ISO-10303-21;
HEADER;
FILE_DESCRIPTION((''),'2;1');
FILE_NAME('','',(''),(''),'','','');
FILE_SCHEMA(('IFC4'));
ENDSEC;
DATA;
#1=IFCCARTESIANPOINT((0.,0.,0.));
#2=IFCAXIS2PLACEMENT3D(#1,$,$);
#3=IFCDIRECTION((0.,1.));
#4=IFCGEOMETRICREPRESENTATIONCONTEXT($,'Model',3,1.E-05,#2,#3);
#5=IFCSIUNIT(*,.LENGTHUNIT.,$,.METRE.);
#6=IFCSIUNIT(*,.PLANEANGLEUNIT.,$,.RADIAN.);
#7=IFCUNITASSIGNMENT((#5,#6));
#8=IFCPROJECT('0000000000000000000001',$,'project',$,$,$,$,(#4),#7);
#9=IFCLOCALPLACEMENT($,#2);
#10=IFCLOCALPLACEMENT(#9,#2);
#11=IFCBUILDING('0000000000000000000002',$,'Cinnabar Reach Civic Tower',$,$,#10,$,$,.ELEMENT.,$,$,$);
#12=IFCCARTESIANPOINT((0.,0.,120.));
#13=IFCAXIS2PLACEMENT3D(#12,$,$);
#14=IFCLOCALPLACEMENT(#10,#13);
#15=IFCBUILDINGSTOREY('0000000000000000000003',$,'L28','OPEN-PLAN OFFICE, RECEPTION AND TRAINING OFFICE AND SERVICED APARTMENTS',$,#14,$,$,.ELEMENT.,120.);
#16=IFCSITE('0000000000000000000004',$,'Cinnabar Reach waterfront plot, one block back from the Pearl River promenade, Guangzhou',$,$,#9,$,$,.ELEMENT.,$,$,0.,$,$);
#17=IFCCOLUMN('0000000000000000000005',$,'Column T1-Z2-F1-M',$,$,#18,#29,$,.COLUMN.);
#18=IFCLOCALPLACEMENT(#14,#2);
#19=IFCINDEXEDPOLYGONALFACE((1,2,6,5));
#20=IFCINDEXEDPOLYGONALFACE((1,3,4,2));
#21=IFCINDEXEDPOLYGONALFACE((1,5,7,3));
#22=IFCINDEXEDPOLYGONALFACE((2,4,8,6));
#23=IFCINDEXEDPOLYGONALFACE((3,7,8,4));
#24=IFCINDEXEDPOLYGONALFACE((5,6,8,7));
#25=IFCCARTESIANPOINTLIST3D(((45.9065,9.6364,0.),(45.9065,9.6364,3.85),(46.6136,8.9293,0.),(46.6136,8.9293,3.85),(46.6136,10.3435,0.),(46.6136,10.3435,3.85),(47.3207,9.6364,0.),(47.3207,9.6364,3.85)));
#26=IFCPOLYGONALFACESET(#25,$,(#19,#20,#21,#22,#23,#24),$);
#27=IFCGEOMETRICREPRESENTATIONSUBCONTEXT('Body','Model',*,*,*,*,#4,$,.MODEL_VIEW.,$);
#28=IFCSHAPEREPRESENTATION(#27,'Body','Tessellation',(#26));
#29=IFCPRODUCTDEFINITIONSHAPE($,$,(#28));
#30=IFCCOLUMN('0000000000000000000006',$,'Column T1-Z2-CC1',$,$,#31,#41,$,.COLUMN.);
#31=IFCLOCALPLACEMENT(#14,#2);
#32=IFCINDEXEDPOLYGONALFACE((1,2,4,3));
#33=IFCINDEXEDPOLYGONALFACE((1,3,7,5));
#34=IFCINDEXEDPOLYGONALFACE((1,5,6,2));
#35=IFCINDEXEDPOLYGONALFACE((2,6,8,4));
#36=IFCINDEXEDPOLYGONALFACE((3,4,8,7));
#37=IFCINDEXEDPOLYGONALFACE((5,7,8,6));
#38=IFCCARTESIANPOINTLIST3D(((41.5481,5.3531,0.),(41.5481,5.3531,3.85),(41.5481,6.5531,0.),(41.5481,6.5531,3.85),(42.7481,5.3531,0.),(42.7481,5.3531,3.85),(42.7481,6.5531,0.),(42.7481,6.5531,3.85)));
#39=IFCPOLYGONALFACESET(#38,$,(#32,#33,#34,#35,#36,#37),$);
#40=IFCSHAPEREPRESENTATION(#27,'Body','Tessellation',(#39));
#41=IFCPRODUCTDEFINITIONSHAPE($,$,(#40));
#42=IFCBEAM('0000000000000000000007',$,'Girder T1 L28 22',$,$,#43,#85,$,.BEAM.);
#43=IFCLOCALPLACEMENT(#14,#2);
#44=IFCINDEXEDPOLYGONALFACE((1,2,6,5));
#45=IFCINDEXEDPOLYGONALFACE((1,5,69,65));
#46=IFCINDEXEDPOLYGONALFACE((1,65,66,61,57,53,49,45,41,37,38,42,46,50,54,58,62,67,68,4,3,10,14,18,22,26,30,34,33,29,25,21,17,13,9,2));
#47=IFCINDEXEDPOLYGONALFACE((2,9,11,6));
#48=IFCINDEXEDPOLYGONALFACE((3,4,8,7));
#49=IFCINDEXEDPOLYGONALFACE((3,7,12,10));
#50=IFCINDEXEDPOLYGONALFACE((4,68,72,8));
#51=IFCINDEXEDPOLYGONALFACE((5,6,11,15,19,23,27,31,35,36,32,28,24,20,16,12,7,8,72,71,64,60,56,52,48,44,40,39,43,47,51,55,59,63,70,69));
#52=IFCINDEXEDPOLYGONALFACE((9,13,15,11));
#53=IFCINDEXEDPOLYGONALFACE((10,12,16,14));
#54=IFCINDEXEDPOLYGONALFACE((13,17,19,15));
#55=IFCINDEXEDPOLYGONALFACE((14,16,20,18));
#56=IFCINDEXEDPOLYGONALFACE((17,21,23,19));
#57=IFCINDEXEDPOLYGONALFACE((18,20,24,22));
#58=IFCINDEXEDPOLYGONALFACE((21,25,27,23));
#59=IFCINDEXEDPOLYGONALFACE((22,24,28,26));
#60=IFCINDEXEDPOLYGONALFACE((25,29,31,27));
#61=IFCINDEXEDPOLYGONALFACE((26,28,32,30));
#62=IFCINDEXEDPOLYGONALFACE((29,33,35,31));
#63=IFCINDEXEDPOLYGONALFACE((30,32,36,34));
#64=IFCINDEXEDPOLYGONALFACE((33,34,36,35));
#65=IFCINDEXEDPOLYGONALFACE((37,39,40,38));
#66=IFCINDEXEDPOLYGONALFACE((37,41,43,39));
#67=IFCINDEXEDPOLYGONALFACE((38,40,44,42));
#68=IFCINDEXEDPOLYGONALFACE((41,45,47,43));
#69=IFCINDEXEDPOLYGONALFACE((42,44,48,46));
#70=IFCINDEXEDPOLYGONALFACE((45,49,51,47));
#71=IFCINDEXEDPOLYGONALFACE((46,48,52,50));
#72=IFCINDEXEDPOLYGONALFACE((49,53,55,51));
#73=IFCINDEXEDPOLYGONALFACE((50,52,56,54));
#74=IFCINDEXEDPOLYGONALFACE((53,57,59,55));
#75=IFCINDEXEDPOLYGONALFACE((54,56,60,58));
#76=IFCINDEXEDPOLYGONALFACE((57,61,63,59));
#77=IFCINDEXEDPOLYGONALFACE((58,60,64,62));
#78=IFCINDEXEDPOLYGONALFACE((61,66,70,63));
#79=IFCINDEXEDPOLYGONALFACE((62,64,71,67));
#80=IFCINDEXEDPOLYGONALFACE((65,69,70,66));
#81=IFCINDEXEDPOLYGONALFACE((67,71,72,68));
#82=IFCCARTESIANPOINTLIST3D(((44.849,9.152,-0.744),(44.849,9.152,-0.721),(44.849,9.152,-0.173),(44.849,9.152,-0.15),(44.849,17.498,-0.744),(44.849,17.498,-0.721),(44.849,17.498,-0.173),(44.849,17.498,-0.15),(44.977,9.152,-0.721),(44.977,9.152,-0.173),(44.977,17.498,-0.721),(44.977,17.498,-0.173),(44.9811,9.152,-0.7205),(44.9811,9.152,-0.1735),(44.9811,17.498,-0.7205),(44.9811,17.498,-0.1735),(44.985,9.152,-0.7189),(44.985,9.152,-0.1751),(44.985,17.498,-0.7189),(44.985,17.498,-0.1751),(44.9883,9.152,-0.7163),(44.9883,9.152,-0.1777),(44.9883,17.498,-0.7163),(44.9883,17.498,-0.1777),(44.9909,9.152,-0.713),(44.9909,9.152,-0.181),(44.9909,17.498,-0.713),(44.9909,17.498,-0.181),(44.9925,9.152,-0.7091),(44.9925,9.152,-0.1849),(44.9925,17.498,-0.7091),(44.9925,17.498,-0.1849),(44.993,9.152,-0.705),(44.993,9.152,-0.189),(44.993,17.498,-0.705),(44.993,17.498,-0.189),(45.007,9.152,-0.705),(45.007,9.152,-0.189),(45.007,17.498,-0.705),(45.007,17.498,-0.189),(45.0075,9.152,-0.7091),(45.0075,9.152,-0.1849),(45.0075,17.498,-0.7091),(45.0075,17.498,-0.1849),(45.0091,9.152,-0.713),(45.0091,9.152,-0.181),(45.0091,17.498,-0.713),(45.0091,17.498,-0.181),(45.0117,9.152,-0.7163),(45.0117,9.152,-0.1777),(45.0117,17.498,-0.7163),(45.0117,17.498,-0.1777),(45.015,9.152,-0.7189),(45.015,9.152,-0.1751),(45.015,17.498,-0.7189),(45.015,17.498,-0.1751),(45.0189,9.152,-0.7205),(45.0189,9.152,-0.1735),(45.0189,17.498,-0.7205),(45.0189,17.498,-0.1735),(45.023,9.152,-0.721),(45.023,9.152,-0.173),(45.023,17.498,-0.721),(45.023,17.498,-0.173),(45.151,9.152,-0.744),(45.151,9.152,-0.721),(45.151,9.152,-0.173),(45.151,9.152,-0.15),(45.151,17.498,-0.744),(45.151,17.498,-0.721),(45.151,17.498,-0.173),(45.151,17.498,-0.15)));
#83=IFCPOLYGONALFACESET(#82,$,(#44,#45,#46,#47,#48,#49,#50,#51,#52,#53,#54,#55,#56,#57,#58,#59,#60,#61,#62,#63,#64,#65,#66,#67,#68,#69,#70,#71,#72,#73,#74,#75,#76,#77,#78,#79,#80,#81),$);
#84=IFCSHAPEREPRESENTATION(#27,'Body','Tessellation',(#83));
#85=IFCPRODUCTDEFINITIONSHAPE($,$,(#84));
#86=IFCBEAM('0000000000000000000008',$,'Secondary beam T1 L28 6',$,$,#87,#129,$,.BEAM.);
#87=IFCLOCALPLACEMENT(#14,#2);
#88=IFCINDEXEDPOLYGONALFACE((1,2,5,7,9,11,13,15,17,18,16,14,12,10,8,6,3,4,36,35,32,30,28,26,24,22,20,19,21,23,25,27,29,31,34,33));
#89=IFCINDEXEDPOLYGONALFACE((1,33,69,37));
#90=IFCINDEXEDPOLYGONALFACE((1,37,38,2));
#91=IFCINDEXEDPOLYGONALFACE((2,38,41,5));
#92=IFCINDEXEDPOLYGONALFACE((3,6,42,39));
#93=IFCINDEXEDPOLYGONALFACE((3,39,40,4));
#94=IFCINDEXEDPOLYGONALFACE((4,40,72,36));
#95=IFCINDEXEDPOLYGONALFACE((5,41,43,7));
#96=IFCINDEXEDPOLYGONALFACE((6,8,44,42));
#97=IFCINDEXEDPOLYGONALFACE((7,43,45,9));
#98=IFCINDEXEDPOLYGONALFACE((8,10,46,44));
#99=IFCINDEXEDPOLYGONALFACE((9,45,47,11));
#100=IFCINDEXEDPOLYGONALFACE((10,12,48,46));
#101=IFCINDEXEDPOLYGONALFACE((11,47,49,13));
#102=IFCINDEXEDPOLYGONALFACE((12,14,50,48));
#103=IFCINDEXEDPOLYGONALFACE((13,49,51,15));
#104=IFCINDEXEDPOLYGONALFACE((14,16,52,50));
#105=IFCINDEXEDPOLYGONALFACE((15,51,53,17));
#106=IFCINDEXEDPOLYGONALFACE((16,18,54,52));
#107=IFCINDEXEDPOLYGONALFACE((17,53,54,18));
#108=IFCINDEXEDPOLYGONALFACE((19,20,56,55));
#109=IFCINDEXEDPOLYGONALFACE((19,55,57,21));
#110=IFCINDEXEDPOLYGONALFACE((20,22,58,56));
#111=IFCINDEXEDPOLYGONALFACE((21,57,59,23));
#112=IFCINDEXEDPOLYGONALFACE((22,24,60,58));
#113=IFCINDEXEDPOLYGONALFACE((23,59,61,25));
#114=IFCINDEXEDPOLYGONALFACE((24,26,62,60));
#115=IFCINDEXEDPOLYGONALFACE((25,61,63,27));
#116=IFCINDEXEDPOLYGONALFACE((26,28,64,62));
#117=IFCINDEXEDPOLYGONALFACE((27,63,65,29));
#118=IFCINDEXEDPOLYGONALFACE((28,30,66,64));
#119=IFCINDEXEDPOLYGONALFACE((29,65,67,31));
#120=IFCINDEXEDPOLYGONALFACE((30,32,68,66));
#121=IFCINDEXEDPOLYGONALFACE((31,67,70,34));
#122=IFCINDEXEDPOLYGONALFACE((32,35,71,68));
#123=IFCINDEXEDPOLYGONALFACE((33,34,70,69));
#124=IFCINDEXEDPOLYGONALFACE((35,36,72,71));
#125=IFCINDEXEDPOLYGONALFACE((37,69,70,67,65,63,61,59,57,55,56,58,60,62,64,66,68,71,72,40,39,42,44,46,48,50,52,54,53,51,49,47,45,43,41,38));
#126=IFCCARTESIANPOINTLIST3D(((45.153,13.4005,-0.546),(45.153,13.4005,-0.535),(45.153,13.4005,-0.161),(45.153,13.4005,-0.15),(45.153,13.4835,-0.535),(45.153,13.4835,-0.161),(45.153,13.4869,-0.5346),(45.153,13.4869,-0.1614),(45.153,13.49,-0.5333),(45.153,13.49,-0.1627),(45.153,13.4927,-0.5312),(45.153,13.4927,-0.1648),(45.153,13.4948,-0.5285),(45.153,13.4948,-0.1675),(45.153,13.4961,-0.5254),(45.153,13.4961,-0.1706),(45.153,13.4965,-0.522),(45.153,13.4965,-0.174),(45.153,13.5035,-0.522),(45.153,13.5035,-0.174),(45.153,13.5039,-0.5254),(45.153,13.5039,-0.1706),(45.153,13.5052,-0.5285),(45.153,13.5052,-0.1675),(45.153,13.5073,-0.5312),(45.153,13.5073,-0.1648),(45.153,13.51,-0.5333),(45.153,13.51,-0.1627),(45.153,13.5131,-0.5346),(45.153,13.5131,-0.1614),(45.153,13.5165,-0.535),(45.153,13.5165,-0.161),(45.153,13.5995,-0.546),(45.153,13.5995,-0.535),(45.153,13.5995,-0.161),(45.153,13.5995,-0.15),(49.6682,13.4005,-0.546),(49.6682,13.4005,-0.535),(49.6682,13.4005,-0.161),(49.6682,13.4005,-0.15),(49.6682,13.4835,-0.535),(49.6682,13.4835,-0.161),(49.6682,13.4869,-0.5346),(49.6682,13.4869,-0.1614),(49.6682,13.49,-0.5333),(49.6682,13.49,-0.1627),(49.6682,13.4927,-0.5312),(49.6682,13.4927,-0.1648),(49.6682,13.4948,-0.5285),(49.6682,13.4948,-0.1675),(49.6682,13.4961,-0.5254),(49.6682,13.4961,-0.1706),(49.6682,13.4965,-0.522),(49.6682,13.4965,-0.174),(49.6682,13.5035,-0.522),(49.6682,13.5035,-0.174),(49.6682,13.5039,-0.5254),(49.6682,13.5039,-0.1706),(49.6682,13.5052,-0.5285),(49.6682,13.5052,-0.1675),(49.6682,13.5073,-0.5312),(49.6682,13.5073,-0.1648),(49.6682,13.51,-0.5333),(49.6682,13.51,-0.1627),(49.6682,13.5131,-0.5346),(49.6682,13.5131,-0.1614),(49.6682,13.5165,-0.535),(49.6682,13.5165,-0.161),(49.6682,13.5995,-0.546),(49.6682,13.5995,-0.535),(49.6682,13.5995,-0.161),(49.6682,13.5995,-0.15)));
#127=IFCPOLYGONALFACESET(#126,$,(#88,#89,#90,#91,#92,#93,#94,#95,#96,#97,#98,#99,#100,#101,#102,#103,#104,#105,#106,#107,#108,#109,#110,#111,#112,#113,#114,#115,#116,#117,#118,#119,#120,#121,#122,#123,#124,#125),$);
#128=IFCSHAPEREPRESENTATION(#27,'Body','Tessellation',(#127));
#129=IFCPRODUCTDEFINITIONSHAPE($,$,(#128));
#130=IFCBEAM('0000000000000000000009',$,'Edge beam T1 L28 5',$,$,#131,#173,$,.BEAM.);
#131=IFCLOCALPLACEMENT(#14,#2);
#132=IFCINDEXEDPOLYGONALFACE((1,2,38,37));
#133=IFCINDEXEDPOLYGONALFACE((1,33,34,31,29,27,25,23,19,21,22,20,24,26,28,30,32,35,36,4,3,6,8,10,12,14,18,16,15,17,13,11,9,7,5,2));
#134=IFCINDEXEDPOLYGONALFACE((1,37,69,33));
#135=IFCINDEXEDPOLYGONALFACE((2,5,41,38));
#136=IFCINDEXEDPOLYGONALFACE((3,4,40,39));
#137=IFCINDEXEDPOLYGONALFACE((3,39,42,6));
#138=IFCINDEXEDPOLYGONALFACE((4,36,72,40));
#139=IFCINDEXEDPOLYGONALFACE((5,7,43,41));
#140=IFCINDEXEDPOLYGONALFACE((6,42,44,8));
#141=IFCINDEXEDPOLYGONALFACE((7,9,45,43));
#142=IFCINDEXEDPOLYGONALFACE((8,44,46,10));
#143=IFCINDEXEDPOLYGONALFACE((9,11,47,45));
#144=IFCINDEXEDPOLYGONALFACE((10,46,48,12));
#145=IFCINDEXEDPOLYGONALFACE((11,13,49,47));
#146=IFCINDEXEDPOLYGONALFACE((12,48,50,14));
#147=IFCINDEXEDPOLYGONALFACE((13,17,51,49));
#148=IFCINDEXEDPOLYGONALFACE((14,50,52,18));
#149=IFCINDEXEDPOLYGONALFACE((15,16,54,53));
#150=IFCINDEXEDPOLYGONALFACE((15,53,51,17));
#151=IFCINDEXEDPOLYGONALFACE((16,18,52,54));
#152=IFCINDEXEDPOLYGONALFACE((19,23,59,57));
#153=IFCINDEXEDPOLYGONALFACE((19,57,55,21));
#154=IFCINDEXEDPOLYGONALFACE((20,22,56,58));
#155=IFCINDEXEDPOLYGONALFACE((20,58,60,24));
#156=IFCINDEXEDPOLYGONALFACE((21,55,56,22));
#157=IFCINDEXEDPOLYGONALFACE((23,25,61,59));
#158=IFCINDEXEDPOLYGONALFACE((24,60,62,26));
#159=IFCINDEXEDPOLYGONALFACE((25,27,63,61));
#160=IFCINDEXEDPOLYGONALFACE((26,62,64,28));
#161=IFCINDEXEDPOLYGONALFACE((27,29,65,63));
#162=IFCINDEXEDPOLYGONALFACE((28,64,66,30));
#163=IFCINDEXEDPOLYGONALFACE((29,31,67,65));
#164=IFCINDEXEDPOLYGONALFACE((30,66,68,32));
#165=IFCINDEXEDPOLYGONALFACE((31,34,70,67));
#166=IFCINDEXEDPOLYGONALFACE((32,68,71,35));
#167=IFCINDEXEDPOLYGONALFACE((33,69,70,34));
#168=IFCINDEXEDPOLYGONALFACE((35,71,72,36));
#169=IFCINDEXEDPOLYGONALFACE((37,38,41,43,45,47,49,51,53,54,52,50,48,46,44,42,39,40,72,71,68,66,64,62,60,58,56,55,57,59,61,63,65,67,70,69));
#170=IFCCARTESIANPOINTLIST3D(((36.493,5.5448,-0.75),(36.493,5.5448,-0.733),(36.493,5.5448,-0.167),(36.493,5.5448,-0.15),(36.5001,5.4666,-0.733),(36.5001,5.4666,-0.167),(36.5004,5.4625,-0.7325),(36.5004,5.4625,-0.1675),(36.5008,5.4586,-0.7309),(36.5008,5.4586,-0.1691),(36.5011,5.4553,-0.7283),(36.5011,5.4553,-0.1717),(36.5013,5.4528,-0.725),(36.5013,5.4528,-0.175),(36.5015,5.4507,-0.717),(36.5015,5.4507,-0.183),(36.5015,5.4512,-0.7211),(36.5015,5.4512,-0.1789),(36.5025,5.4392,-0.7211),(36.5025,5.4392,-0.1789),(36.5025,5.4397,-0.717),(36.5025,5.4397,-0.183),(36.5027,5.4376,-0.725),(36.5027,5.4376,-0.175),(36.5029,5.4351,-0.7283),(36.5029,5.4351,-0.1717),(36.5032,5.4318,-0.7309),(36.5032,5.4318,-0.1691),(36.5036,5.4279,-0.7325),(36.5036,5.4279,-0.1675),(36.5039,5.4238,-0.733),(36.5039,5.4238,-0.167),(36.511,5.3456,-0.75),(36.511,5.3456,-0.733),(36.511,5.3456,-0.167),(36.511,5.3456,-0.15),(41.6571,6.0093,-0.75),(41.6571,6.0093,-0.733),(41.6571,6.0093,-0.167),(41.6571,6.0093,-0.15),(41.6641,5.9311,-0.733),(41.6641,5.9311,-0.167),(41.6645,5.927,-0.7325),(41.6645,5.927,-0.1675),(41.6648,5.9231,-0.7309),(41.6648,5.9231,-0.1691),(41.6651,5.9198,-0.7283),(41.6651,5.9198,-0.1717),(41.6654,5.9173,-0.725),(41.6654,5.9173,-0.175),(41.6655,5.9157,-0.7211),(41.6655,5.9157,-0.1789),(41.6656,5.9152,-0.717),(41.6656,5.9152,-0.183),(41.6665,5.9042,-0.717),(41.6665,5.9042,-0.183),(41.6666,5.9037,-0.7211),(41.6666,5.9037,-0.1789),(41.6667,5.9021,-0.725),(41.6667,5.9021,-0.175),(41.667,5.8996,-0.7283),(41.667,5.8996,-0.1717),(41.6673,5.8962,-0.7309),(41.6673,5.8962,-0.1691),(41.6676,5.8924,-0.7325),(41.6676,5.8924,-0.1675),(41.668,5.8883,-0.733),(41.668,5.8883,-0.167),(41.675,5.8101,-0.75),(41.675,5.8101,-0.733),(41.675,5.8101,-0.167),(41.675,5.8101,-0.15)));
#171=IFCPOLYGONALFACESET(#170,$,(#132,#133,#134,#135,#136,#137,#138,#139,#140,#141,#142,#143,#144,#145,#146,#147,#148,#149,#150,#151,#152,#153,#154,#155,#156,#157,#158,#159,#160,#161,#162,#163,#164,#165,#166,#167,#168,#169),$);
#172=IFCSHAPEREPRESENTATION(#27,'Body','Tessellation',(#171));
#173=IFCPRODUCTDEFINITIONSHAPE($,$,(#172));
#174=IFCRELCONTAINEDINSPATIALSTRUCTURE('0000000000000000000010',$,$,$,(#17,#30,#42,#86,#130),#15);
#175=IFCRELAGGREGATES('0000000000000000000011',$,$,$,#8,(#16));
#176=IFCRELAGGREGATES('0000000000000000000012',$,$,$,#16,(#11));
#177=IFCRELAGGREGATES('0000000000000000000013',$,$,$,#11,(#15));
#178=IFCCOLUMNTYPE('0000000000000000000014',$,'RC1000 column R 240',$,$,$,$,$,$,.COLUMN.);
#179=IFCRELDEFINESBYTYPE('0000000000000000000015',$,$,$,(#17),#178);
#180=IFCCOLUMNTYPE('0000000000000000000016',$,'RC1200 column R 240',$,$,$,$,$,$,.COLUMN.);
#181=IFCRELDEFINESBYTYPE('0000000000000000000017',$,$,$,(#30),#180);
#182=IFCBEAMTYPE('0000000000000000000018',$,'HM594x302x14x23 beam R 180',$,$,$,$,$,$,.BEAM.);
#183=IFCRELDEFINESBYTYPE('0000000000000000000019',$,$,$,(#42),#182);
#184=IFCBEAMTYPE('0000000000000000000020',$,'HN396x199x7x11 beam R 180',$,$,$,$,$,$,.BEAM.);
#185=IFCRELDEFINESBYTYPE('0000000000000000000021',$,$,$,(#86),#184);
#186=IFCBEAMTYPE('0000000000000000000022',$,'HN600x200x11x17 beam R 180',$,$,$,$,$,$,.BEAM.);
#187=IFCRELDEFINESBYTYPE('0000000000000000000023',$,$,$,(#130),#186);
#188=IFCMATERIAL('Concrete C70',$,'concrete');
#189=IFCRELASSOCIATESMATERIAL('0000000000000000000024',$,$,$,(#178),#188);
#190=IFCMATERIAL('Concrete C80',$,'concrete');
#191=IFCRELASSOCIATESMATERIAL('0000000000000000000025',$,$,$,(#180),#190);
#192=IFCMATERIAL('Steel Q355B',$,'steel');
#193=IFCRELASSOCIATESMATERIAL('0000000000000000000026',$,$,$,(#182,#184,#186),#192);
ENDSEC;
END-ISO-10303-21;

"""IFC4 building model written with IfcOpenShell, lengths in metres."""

from ifc_helpers import new_model, si_unit, direction, frame, origin, origin_2d, place, context, subcontext, project, spatial, rectangle, i_section, extrude, material, material_profile, profile_set, type_object, element, save


model = new_model("IFC4")

# Units and contexts
model_context = context("Model", 3, precision=1e-05, world=origin(), true_north=direction((0.0, 1.0)))
body_context = subcontext(model_context, "Body", "Model", "MODEL_VIEW")
ifc_project = project(units=[si_unit("LENGTHUNIT", "METRE"), si_unit("PLANEANGLEUNIT", "RADIAN")], contexts=[model_context])

# Site, building, storey
site_placement = place(None, origin())
site = spatial("IfcSite", under=ifc_project, at=site_placement, Name="Cinnabar Reach waterfront plot, one block back from the Pearl River promenade, Guangzhou", CompositionType="ELEMENT", RefElevation=0.0)
building_placement = place(site_placement, origin())
building = spatial("IfcBuilding", under=site, at=building_placement, Name="Cinnabar Reach Civic Tower", CompositionType="ELEMENT")
storey_placement = place(building_placement, frame((0.0, 0.0, 120.0)))
storey = spatial("IfcBuildingStorey", under=building, at=storey_placement, Name="L28", Description="OPEN-PLAN OFFICE, RECEPTION AND TRAINING OFFICE AND SERVICED APARTMENTS", CompositionType="ELEMENT", Elevation=120.0)

# Columns
ifc_material_1 = material(Name="Concrete C70", Category="concrete")
ifc_material_profile_1 = material_profile(ifc_material_1, rectangle(XDim=1.0, YDim=1.0, at=origin_2d()), Name="RC1000")
ifc_profile_set_1 = profile_set([ifc_material_profile_1], Name="Concrete C70")
column_type_1 = type_object("IfcColumnType", Name="RC1000 column R 240", PredefinedType="COLUMN", material=ifc_profile_set_1)
column_1_placement = place(storey_placement, frame((46.6136, 9.6364, 0.0), z_axis=(0.0, 0.0, 1.0), x_axis=(0.707107, 0.707107, 0.0)))
element("IfcColumn", 1, at=column_1_placement, inside=storey, type_object=column_type_1, Name="Column T1-Z2-F1-M", PredefinedType="COLUMN", context=body_context, shape_type="SweptSolid", body=[
    extrude(rectangle(XDim=1.0, YDim=1.0, at=origin_2d()), origin(), (0.0, 0.0, 1.0), 3.85),
])
ifc_material_2 = material(Name="Concrete C80", Category="concrete")
ifc_material_profile_2 = material_profile(ifc_material_2, rectangle(XDim=1.2, YDim=1.2, at=origin_2d()), Name="RC1200")
ifc_profile_set_2 = profile_set([ifc_material_profile_2], Name="Concrete C80")
column_type_2 = type_object("IfcColumnType", Name="RC1200 column R 240", PredefinedType="COLUMN", material=ifc_profile_set_2)
column_2_placement = place(storey_placement, frame((42.1481, 5.9531, 0.0), z_axis=(0.0, 0.0, 1.0), x_axis=(1.0, 0.0, 0.0)))
element("IfcColumn", 2, at=column_2_placement, inside=storey, type_object=column_type_2, Name="Column T1-Z2-CC1", PredefinedType="COLUMN", context=body_context, shape_type="SweptSolid", body=[
    extrude(rectangle(XDim=1.2, YDim=1.2, at=origin_2d()), origin(), (0.0, 0.0, 1.0), 3.85),
])

# Beams
ifc_material_3 = material(Name="Steel Q355B", Category="steel")
ifc_material_profile_3 = material_profile(ifc_material_3, i_section(OverallWidth=0.302, OverallDepth=0.594, WebThickness=0.014, FlangeThickness=0.023, FilletRadius=0.016, at=origin_2d()), Name="HM594x302x14x23")
ifc_profile_set_3 = profile_set([ifc_material_profile_3], Name="Steel Q355B")
beam_type_1 = type_object("IfcBeamType", Name="HM594x302x14x23 beam R 180", PredefinedType="BEAM", material=ifc_profile_set_3)
beam_1_placement = place(storey_placement, frame((45.0, 9.152, -0.447), z_axis=(0.0, 1.0, 0.0), x_axis=(-1.0, 0.0, 0.0)))
element("IfcBeam", 3, at=beam_1_placement, inside=storey, type_object=beam_type_1, Name="Girder T1 L28 22", PredefinedType="BEAM", context=body_context, shape_type="SweptSolid", body=[
    extrude(i_section(OverallWidth=0.302, OverallDepth=0.594, WebThickness=0.014, FlangeThickness=0.023, FilletRadius=0.016, at=origin_2d()), origin(), (0.0, 0.0, 1.0), 8.346),
])
ifc_material_profile_4 = material_profile(ifc_material_3, i_section(OverallWidth=0.199, OverallDepth=0.396, WebThickness=0.007, FlangeThickness=0.011, FilletRadius=0.013, at=origin_2d()), Name="HN396x199x7x11")
ifc_profile_set_4 = profile_set([ifc_material_profile_4], Name="Steel Q355B")
beam_type_2 = type_object("IfcBeamType", Name="HN396x199x7x11 beam R 180", PredefinedType="BEAM", material=ifc_profile_set_4)
beam_2_placement = place(storey_placement, frame((45.153, 13.5, -0.348), z_axis=(1.0, 0.0, 0.0), x_axis=(0.0, 1.0, 0.0)))
element("IfcBeam", 4, at=beam_2_placement, inside=storey, type_object=beam_type_2, Name="Secondary beam T1 L28 6", PredefinedType="BEAM", context=body_context, shape_type="SweptSolid", body=[
    extrude(i_section(OverallWidth=0.199, OverallDepth=0.396, WebThickness=0.007, FlangeThickness=0.011, FilletRadius=0.013, at=origin_2d()), origin(), (0.0, 0.0, 1.0), 4.5152),
])
ifc_material_profile_5 = material_profile(ifc_material_3, i_section(OverallWidth=0.2, OverallDepth=0.6, WebThickness=0.011, FlangeThickness=0.017, FilletRadius=0.016, at=origin_2d()), Name="HN600x200x11x17")
ifc_profile_set_5 = profile_set([ifc_material_profile_5], Name="Steel Q355B")
beam_type_3 = type_object("IfcBeamType", Name="HN600x200x11x17 beam R 180", PredefinedType="BEAM", material=ifc_profile_set_5)
beam_3_placement = place(storey_placement, frame((36.502, 5.4452, -0.45), z_axis=(0.995979, 0.089586, 0.0), x_axis=(-0.089586, 0.995979, 0.0)))
element("IfcBeam", 5, at=beam_3_placement, inside=storey, type_object=beam_type_3, Name="Edge beam T1 L28 5", PredefinedType="BEAM", context=body_context, shape_type="SweptSolid", body=[
    extrude(i_section(OverallWidth=0.2, OverallDepth=0.6, WebThickness=0.011, FlangeThickness=0.017, FilletRadius=0.016, at=origin_2d()), origin(), (0.0, 0.0, 1.0), 5.1849),
])

save(model, "model.ifc")
